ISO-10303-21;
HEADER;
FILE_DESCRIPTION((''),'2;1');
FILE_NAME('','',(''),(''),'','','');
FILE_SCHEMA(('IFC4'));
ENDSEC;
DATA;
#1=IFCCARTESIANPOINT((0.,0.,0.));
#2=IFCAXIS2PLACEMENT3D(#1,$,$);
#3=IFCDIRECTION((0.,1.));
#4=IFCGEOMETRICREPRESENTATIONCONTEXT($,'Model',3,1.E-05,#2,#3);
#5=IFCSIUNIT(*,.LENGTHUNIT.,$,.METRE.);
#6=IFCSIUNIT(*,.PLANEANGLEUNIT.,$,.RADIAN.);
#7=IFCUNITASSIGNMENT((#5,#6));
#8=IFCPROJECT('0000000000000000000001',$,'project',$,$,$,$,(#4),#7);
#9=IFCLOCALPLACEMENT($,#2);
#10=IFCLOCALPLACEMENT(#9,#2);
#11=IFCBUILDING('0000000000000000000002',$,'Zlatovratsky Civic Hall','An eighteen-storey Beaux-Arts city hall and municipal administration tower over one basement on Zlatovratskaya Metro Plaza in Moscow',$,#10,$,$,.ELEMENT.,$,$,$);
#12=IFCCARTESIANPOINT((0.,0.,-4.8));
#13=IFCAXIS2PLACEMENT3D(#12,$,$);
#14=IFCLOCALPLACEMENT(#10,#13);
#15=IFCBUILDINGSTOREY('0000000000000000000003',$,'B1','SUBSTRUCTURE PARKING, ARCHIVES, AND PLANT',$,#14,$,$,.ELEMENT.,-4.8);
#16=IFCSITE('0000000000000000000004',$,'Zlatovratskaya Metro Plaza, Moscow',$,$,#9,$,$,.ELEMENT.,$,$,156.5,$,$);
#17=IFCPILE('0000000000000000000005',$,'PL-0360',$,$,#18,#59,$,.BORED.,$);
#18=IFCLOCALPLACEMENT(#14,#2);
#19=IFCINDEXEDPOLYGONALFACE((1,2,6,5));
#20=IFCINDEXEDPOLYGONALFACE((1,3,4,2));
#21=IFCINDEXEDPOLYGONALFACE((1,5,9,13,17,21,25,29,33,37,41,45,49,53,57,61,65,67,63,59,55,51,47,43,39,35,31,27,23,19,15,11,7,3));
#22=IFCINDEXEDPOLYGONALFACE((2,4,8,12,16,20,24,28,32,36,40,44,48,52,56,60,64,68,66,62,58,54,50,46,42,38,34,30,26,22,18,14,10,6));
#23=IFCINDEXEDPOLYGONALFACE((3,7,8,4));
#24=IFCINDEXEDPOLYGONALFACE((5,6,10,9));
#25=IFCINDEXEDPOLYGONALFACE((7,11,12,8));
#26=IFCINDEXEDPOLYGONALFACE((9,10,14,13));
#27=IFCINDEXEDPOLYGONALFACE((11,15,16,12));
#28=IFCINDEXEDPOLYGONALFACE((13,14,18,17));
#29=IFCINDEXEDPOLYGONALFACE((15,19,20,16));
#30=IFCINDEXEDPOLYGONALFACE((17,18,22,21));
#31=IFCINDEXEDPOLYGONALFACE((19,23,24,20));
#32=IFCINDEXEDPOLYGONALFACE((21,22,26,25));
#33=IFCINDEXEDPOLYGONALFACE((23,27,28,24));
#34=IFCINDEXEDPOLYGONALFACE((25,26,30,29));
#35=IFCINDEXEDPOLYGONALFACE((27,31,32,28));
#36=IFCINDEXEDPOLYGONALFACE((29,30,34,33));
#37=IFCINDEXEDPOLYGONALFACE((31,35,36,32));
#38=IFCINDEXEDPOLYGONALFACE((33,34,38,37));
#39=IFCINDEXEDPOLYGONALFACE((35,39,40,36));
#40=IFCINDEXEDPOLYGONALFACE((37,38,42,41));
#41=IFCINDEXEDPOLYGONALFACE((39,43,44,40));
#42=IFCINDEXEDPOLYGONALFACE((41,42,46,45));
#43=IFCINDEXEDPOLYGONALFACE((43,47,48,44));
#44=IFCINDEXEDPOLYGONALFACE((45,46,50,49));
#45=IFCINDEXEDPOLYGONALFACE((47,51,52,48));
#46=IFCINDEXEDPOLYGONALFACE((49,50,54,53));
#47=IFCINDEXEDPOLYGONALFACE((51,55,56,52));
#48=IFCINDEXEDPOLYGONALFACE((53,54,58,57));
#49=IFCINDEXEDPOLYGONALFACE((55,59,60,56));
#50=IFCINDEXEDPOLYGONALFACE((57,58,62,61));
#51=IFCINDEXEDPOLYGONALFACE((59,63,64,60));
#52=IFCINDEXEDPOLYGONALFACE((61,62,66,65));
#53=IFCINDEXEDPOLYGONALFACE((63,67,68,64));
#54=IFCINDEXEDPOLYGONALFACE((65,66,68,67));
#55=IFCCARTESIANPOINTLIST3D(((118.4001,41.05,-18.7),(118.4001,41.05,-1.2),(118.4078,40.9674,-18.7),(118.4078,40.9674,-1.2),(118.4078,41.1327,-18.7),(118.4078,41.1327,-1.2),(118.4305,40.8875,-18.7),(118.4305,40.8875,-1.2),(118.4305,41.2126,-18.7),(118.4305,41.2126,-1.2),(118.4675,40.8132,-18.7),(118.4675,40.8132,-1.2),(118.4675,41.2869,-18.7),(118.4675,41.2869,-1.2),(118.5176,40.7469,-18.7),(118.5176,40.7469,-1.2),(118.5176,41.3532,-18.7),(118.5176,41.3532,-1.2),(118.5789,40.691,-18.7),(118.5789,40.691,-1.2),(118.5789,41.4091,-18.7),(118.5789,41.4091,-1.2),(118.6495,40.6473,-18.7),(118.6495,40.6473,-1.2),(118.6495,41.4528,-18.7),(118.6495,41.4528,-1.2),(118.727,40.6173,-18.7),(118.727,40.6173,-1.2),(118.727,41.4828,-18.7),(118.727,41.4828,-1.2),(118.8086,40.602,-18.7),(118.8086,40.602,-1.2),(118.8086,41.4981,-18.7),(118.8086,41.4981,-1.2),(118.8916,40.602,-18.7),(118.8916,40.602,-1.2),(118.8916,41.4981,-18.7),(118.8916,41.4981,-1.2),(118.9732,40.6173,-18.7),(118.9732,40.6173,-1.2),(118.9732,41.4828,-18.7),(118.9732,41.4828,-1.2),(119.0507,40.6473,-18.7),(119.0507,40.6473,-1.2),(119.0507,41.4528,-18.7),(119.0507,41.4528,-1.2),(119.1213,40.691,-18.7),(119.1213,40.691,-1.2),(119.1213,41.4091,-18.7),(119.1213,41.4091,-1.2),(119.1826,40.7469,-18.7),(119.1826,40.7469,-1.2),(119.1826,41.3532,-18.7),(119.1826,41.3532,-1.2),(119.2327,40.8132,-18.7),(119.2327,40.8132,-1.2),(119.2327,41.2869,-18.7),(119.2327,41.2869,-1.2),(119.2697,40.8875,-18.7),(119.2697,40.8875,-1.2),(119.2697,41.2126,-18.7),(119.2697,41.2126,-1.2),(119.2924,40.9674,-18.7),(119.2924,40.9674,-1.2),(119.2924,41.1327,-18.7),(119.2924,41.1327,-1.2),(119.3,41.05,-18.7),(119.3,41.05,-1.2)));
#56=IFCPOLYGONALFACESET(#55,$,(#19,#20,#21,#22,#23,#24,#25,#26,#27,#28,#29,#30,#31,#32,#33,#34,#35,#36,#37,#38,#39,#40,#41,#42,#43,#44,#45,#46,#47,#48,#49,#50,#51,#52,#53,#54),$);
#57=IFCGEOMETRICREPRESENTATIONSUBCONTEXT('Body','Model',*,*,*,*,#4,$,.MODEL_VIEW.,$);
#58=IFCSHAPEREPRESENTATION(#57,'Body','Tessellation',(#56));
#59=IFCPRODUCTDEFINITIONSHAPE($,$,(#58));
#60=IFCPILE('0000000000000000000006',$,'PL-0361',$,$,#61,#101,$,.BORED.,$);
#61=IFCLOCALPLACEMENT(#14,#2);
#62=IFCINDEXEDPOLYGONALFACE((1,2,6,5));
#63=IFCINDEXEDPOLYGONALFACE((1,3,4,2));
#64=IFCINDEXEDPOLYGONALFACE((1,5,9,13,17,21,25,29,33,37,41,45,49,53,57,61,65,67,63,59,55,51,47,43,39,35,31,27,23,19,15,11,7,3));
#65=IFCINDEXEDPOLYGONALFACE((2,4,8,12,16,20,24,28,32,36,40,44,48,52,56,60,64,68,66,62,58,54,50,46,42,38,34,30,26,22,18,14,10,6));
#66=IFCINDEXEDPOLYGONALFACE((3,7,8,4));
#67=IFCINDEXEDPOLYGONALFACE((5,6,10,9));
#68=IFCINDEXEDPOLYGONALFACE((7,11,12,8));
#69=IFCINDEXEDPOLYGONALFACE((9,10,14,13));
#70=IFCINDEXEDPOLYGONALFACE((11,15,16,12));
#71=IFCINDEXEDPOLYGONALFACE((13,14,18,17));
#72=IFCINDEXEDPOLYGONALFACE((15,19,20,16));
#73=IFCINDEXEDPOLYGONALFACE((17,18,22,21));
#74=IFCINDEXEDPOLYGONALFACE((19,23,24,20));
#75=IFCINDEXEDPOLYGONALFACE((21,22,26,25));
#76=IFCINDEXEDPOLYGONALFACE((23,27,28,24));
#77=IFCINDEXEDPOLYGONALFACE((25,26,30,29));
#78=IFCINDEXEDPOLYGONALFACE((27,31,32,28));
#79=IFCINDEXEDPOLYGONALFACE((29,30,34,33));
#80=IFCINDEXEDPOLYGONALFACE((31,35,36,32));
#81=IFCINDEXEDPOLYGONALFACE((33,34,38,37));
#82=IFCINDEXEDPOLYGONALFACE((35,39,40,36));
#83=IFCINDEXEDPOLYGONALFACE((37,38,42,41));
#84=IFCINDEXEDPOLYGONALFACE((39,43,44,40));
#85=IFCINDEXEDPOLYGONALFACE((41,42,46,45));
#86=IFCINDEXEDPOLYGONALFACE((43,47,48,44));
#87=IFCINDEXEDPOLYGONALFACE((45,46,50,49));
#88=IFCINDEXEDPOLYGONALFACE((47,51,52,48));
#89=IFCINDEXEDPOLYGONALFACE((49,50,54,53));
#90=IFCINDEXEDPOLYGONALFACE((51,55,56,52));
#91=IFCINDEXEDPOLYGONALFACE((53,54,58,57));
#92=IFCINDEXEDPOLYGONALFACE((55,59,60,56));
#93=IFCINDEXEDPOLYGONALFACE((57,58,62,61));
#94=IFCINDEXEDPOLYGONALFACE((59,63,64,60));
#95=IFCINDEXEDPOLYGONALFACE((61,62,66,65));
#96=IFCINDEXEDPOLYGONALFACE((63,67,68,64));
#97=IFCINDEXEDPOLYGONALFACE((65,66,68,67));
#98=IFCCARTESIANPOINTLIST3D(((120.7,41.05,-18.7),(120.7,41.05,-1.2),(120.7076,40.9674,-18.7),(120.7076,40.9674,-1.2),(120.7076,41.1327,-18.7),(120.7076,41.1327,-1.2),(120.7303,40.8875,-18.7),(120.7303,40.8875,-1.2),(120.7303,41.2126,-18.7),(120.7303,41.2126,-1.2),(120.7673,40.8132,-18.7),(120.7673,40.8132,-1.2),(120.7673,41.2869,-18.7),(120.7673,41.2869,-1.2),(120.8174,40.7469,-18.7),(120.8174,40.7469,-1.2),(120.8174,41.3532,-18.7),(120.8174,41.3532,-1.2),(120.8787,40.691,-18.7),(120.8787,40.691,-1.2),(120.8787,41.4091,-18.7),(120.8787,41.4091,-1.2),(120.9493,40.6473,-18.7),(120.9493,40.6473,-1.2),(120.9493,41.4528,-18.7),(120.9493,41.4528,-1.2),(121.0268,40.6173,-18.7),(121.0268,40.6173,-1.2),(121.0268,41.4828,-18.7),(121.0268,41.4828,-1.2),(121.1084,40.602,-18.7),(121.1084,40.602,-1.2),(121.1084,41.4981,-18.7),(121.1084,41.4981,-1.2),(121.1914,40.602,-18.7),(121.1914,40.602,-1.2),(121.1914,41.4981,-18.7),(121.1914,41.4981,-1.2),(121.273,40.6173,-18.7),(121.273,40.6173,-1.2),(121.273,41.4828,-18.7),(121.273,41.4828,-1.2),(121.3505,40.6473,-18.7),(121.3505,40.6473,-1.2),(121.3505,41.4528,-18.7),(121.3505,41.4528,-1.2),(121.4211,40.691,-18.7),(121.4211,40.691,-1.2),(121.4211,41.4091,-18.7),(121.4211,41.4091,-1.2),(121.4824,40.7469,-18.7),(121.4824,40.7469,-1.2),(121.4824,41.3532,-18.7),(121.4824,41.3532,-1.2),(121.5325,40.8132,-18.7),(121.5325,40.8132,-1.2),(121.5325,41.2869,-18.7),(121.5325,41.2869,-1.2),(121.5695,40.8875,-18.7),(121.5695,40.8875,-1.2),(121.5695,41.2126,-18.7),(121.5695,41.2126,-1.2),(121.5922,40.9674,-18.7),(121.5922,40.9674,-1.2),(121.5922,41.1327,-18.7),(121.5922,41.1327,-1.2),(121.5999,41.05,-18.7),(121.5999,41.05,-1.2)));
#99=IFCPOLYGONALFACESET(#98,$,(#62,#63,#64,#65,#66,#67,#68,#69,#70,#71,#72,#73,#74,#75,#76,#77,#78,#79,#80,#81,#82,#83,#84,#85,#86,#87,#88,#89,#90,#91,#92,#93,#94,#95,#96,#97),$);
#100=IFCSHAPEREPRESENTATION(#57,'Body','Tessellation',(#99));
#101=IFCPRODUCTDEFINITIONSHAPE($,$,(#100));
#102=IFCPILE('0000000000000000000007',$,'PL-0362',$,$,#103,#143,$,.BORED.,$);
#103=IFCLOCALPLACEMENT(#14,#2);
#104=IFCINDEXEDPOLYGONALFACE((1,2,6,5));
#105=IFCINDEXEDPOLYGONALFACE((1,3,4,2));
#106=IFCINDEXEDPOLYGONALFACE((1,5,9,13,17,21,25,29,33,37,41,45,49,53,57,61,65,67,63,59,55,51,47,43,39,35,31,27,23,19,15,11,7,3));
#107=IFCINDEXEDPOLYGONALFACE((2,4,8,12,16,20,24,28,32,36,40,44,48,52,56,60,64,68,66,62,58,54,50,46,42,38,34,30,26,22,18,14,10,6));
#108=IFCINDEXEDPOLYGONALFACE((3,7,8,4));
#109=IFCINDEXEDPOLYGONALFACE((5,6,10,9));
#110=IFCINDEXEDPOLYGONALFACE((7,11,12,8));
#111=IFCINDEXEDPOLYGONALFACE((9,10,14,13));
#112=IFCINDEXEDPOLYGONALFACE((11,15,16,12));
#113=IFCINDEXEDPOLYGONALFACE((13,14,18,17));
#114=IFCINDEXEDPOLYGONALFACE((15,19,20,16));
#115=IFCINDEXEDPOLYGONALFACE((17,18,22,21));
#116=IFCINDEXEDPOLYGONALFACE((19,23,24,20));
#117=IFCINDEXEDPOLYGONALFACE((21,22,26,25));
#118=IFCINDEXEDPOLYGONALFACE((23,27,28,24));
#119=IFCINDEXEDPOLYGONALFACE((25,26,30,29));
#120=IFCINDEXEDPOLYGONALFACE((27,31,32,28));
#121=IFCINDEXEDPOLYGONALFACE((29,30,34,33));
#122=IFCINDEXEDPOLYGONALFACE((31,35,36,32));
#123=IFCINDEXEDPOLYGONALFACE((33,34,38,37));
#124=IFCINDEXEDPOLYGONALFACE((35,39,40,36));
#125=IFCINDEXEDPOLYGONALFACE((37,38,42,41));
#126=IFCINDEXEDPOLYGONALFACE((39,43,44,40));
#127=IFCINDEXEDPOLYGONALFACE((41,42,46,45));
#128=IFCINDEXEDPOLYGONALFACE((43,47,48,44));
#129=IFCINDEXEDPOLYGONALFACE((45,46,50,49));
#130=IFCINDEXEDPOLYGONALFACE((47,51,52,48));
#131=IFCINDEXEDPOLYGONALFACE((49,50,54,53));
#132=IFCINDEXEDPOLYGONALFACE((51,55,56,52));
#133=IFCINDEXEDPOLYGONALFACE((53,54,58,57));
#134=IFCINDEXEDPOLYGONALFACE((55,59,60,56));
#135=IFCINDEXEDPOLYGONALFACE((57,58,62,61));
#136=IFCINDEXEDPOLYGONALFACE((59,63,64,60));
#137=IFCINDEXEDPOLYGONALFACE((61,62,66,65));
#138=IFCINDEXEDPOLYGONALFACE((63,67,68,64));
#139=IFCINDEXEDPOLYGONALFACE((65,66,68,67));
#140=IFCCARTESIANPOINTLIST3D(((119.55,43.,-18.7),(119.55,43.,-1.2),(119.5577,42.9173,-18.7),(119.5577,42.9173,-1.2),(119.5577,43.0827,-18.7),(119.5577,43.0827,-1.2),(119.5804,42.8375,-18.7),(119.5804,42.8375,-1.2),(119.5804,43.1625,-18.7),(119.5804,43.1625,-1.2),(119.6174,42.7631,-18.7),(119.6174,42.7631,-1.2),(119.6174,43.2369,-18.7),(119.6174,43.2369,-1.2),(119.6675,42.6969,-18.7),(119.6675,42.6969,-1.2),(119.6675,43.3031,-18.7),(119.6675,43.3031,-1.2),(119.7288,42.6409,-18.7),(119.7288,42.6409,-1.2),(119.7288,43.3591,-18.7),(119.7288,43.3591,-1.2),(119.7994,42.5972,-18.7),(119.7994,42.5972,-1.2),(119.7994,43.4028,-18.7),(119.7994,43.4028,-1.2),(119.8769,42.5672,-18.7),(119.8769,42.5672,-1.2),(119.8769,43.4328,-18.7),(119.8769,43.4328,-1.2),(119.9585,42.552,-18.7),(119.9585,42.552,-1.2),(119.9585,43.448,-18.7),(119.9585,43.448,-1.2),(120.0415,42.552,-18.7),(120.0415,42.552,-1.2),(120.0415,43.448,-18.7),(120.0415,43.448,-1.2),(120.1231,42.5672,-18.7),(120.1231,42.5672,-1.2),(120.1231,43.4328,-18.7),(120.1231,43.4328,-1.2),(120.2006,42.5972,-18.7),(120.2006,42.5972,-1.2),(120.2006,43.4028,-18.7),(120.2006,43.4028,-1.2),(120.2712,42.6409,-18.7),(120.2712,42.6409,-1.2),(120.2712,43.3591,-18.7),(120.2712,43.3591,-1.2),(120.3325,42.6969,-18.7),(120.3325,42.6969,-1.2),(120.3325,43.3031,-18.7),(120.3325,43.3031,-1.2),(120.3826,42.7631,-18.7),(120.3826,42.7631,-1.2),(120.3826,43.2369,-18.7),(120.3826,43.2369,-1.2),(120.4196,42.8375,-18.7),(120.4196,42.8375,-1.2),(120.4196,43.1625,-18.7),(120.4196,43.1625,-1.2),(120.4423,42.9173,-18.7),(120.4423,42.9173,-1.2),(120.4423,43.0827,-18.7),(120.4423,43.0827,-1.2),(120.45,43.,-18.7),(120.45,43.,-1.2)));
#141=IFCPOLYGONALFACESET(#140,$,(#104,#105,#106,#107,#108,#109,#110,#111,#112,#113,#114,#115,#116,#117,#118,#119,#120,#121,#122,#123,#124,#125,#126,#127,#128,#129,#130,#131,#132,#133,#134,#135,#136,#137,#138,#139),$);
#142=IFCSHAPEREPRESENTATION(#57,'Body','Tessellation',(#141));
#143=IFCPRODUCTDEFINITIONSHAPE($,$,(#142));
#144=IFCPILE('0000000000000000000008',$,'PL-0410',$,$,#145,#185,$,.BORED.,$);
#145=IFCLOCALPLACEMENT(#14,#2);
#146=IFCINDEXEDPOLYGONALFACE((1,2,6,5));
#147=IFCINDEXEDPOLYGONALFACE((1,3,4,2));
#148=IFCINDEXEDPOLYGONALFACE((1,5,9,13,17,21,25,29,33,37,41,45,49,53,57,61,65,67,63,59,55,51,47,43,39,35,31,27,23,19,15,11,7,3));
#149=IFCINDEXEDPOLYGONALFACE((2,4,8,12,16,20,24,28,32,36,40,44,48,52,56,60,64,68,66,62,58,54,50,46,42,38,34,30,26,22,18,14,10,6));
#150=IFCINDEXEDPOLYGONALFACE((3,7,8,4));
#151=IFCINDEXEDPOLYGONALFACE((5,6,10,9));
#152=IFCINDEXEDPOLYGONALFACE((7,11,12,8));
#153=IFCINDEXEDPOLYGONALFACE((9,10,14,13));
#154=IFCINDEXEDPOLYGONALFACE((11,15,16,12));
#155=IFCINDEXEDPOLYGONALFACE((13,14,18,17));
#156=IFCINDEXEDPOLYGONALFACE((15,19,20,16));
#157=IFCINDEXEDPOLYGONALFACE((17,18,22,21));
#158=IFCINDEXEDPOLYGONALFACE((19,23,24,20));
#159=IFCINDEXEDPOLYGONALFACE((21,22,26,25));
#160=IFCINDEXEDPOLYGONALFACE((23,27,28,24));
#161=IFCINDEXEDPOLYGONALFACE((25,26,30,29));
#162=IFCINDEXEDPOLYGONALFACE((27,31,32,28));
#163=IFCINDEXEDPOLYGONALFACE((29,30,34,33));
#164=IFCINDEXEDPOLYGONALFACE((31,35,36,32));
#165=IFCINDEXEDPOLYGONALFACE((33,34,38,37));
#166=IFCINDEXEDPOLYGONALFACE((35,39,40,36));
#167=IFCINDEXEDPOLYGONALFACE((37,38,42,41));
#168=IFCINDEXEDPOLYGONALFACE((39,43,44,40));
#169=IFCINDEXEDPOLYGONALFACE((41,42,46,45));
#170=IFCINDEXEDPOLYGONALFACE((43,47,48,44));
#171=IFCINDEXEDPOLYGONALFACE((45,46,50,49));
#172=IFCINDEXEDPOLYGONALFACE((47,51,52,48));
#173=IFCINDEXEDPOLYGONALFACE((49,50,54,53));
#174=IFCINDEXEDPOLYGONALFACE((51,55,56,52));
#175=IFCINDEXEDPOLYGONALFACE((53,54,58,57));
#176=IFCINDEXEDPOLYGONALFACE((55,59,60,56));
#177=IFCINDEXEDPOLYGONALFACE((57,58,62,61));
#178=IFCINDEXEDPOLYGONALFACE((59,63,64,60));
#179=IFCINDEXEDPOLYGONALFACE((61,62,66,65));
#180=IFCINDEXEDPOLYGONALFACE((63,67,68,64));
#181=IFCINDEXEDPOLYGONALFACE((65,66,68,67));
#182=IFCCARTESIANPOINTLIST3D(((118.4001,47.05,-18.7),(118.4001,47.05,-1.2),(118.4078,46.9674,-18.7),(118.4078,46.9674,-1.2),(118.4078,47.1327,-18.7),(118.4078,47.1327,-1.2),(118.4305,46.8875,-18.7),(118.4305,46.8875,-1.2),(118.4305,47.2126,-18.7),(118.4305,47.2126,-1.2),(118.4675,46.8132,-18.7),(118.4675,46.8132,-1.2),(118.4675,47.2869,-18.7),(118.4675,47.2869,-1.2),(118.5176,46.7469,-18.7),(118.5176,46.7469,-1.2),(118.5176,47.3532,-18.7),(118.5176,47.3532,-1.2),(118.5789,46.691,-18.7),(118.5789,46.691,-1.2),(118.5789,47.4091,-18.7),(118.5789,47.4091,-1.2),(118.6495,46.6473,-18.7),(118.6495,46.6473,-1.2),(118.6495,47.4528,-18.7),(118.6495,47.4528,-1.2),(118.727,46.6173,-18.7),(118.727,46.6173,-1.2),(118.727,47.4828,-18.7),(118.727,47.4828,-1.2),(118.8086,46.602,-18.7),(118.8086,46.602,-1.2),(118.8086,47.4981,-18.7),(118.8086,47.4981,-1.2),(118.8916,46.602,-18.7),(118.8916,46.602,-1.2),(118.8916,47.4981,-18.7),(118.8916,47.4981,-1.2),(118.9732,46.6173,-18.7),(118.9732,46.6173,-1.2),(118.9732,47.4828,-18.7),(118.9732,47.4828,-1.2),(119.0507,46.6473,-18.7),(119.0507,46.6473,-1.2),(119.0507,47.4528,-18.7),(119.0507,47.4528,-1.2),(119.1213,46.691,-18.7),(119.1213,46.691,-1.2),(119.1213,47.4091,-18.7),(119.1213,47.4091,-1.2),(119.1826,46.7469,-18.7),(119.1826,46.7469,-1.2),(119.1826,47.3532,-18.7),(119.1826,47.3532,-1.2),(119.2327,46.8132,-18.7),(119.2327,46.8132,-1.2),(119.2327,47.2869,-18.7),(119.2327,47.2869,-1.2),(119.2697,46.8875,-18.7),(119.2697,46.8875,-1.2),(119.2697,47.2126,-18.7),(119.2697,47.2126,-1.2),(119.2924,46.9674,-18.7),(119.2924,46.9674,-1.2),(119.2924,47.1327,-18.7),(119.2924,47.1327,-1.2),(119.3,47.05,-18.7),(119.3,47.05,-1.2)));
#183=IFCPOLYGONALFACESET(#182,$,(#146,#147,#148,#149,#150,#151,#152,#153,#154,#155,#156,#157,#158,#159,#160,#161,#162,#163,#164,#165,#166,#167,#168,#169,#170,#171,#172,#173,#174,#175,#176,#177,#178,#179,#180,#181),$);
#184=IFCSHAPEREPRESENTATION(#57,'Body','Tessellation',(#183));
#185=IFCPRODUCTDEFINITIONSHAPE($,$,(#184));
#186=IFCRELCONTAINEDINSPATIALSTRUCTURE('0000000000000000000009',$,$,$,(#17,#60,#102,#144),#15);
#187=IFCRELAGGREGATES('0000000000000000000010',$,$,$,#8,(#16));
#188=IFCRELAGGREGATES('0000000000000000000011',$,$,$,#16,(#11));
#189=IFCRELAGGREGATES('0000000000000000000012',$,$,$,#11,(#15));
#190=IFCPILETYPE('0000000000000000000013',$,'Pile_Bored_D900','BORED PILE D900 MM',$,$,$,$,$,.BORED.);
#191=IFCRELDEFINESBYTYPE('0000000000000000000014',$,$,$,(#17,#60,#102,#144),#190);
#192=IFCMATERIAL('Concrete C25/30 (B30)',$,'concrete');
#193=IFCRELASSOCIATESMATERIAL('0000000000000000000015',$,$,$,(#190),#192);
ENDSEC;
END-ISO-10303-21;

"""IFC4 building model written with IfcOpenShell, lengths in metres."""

from ifc_helpers import new_model, si_unit, direction, frame, origin, origin_2d, place, context, subcontext, project, spatial, circle, extrude, material, material_profile, profile_set, type_object, element, save


model = new_model("IFC4")

# Units and contexts
model_context = context("Model", 3, precision=1e-05, world=origin(), true_north=direction((0.0, 1.0)))
body_context = subcontext(model_context, "Body", "Model", "MODEL_VIEW")
ifc_project = project(units=[si_unit("LENGTHUNIT", "METRE"), si_unit("PLANEANGLEUNIT", "RADIAN")], contexts=[model_context])

# Site, building, storey
site_placement = place(None, origin())
site = spatial("IfcSite", under=ifc_project, at=site_placement, Name="Zlatovratskaya Metro Plaza, Moscow", CompositionType="ELEMENT", RefElevation=156.5)
building_placement = place(site_placement, origin())
building = spatial("IfcBuilding", under=site, at=building_placement, Name="Zlatovratsky Civic Hall", Description="An eighteen-storey Beaux-Arts city hall and municipal administration tower over one basement on Zlatovratskaya Metro Plaza in Moscow", CompositionType="ELEMENT")
storey_placement = place(building_placement, frame((0.0, 0.0, -4.8)))
storey = spatial("IfcBuildingStorey", under=building, at=storey_placement, Name="B1", Description="SUBSTRUCTURE PARKING, ARCHIVES, AND PLANT", CompositionType="ELEMENT", Elevation=-4.8)

# Shared definitions
ifc_material_1 = material(Name="Concrete C25/30 (B30)", Category="concrete")

# Piles
ifc_material_profile_1 = material_profile(ifc_material_1, circle(Radius=0.45, at=origin_2d()), Name="PILE D900")
ifc_profile_set_1 = profile_set([ifc_material_profile_1], Name="Concrete C25/30 (B30)")
pile_type_1 = type_object("IfcPileType", Name="Pile_Bored_D900", Description="BORED PILE D900 MM", PredefinedType="BORED", material=ifc_profile_set_1)
for number, where, z_axis, x_axis, name in (
    (1, (118.8501, 41.05, -1.2), (0.0, 0.0, -1.0), (1.0, 0.0, 0.0), "PL-0360"),
    (2, (121.1499, 41.05, -1.2), (0.0, 0.0, -1.0), (1.0, 0.0, 0.0), "PL-0361"),
    (3, (120.0, 43.0, -1.2), (0.0, 0.0, -1.0), (1.0, 0.0, 0.0), "PL-0362"),
    (4, (118.8501, 47.05, -1.2), (0.0, 0.0, -1.0), (1.0, 0.0, 0.0), "PL-0410"),
):
    element("IfcPile", number, at=place(storey_placement, frame(where, z_axis=z_axis, x_axis=x_axis)), inside=storey, type_object=pile_type_1, Name=name, PredefinedType="BORED", context=body_context, shape_type="SweptSolid", body=[
        extrude(circle(Radius=0.45, at=origin_2d()), origin(), (0.0, 0.0, 1.0), 17.5),
    ])

save(model, "model.ifc")
